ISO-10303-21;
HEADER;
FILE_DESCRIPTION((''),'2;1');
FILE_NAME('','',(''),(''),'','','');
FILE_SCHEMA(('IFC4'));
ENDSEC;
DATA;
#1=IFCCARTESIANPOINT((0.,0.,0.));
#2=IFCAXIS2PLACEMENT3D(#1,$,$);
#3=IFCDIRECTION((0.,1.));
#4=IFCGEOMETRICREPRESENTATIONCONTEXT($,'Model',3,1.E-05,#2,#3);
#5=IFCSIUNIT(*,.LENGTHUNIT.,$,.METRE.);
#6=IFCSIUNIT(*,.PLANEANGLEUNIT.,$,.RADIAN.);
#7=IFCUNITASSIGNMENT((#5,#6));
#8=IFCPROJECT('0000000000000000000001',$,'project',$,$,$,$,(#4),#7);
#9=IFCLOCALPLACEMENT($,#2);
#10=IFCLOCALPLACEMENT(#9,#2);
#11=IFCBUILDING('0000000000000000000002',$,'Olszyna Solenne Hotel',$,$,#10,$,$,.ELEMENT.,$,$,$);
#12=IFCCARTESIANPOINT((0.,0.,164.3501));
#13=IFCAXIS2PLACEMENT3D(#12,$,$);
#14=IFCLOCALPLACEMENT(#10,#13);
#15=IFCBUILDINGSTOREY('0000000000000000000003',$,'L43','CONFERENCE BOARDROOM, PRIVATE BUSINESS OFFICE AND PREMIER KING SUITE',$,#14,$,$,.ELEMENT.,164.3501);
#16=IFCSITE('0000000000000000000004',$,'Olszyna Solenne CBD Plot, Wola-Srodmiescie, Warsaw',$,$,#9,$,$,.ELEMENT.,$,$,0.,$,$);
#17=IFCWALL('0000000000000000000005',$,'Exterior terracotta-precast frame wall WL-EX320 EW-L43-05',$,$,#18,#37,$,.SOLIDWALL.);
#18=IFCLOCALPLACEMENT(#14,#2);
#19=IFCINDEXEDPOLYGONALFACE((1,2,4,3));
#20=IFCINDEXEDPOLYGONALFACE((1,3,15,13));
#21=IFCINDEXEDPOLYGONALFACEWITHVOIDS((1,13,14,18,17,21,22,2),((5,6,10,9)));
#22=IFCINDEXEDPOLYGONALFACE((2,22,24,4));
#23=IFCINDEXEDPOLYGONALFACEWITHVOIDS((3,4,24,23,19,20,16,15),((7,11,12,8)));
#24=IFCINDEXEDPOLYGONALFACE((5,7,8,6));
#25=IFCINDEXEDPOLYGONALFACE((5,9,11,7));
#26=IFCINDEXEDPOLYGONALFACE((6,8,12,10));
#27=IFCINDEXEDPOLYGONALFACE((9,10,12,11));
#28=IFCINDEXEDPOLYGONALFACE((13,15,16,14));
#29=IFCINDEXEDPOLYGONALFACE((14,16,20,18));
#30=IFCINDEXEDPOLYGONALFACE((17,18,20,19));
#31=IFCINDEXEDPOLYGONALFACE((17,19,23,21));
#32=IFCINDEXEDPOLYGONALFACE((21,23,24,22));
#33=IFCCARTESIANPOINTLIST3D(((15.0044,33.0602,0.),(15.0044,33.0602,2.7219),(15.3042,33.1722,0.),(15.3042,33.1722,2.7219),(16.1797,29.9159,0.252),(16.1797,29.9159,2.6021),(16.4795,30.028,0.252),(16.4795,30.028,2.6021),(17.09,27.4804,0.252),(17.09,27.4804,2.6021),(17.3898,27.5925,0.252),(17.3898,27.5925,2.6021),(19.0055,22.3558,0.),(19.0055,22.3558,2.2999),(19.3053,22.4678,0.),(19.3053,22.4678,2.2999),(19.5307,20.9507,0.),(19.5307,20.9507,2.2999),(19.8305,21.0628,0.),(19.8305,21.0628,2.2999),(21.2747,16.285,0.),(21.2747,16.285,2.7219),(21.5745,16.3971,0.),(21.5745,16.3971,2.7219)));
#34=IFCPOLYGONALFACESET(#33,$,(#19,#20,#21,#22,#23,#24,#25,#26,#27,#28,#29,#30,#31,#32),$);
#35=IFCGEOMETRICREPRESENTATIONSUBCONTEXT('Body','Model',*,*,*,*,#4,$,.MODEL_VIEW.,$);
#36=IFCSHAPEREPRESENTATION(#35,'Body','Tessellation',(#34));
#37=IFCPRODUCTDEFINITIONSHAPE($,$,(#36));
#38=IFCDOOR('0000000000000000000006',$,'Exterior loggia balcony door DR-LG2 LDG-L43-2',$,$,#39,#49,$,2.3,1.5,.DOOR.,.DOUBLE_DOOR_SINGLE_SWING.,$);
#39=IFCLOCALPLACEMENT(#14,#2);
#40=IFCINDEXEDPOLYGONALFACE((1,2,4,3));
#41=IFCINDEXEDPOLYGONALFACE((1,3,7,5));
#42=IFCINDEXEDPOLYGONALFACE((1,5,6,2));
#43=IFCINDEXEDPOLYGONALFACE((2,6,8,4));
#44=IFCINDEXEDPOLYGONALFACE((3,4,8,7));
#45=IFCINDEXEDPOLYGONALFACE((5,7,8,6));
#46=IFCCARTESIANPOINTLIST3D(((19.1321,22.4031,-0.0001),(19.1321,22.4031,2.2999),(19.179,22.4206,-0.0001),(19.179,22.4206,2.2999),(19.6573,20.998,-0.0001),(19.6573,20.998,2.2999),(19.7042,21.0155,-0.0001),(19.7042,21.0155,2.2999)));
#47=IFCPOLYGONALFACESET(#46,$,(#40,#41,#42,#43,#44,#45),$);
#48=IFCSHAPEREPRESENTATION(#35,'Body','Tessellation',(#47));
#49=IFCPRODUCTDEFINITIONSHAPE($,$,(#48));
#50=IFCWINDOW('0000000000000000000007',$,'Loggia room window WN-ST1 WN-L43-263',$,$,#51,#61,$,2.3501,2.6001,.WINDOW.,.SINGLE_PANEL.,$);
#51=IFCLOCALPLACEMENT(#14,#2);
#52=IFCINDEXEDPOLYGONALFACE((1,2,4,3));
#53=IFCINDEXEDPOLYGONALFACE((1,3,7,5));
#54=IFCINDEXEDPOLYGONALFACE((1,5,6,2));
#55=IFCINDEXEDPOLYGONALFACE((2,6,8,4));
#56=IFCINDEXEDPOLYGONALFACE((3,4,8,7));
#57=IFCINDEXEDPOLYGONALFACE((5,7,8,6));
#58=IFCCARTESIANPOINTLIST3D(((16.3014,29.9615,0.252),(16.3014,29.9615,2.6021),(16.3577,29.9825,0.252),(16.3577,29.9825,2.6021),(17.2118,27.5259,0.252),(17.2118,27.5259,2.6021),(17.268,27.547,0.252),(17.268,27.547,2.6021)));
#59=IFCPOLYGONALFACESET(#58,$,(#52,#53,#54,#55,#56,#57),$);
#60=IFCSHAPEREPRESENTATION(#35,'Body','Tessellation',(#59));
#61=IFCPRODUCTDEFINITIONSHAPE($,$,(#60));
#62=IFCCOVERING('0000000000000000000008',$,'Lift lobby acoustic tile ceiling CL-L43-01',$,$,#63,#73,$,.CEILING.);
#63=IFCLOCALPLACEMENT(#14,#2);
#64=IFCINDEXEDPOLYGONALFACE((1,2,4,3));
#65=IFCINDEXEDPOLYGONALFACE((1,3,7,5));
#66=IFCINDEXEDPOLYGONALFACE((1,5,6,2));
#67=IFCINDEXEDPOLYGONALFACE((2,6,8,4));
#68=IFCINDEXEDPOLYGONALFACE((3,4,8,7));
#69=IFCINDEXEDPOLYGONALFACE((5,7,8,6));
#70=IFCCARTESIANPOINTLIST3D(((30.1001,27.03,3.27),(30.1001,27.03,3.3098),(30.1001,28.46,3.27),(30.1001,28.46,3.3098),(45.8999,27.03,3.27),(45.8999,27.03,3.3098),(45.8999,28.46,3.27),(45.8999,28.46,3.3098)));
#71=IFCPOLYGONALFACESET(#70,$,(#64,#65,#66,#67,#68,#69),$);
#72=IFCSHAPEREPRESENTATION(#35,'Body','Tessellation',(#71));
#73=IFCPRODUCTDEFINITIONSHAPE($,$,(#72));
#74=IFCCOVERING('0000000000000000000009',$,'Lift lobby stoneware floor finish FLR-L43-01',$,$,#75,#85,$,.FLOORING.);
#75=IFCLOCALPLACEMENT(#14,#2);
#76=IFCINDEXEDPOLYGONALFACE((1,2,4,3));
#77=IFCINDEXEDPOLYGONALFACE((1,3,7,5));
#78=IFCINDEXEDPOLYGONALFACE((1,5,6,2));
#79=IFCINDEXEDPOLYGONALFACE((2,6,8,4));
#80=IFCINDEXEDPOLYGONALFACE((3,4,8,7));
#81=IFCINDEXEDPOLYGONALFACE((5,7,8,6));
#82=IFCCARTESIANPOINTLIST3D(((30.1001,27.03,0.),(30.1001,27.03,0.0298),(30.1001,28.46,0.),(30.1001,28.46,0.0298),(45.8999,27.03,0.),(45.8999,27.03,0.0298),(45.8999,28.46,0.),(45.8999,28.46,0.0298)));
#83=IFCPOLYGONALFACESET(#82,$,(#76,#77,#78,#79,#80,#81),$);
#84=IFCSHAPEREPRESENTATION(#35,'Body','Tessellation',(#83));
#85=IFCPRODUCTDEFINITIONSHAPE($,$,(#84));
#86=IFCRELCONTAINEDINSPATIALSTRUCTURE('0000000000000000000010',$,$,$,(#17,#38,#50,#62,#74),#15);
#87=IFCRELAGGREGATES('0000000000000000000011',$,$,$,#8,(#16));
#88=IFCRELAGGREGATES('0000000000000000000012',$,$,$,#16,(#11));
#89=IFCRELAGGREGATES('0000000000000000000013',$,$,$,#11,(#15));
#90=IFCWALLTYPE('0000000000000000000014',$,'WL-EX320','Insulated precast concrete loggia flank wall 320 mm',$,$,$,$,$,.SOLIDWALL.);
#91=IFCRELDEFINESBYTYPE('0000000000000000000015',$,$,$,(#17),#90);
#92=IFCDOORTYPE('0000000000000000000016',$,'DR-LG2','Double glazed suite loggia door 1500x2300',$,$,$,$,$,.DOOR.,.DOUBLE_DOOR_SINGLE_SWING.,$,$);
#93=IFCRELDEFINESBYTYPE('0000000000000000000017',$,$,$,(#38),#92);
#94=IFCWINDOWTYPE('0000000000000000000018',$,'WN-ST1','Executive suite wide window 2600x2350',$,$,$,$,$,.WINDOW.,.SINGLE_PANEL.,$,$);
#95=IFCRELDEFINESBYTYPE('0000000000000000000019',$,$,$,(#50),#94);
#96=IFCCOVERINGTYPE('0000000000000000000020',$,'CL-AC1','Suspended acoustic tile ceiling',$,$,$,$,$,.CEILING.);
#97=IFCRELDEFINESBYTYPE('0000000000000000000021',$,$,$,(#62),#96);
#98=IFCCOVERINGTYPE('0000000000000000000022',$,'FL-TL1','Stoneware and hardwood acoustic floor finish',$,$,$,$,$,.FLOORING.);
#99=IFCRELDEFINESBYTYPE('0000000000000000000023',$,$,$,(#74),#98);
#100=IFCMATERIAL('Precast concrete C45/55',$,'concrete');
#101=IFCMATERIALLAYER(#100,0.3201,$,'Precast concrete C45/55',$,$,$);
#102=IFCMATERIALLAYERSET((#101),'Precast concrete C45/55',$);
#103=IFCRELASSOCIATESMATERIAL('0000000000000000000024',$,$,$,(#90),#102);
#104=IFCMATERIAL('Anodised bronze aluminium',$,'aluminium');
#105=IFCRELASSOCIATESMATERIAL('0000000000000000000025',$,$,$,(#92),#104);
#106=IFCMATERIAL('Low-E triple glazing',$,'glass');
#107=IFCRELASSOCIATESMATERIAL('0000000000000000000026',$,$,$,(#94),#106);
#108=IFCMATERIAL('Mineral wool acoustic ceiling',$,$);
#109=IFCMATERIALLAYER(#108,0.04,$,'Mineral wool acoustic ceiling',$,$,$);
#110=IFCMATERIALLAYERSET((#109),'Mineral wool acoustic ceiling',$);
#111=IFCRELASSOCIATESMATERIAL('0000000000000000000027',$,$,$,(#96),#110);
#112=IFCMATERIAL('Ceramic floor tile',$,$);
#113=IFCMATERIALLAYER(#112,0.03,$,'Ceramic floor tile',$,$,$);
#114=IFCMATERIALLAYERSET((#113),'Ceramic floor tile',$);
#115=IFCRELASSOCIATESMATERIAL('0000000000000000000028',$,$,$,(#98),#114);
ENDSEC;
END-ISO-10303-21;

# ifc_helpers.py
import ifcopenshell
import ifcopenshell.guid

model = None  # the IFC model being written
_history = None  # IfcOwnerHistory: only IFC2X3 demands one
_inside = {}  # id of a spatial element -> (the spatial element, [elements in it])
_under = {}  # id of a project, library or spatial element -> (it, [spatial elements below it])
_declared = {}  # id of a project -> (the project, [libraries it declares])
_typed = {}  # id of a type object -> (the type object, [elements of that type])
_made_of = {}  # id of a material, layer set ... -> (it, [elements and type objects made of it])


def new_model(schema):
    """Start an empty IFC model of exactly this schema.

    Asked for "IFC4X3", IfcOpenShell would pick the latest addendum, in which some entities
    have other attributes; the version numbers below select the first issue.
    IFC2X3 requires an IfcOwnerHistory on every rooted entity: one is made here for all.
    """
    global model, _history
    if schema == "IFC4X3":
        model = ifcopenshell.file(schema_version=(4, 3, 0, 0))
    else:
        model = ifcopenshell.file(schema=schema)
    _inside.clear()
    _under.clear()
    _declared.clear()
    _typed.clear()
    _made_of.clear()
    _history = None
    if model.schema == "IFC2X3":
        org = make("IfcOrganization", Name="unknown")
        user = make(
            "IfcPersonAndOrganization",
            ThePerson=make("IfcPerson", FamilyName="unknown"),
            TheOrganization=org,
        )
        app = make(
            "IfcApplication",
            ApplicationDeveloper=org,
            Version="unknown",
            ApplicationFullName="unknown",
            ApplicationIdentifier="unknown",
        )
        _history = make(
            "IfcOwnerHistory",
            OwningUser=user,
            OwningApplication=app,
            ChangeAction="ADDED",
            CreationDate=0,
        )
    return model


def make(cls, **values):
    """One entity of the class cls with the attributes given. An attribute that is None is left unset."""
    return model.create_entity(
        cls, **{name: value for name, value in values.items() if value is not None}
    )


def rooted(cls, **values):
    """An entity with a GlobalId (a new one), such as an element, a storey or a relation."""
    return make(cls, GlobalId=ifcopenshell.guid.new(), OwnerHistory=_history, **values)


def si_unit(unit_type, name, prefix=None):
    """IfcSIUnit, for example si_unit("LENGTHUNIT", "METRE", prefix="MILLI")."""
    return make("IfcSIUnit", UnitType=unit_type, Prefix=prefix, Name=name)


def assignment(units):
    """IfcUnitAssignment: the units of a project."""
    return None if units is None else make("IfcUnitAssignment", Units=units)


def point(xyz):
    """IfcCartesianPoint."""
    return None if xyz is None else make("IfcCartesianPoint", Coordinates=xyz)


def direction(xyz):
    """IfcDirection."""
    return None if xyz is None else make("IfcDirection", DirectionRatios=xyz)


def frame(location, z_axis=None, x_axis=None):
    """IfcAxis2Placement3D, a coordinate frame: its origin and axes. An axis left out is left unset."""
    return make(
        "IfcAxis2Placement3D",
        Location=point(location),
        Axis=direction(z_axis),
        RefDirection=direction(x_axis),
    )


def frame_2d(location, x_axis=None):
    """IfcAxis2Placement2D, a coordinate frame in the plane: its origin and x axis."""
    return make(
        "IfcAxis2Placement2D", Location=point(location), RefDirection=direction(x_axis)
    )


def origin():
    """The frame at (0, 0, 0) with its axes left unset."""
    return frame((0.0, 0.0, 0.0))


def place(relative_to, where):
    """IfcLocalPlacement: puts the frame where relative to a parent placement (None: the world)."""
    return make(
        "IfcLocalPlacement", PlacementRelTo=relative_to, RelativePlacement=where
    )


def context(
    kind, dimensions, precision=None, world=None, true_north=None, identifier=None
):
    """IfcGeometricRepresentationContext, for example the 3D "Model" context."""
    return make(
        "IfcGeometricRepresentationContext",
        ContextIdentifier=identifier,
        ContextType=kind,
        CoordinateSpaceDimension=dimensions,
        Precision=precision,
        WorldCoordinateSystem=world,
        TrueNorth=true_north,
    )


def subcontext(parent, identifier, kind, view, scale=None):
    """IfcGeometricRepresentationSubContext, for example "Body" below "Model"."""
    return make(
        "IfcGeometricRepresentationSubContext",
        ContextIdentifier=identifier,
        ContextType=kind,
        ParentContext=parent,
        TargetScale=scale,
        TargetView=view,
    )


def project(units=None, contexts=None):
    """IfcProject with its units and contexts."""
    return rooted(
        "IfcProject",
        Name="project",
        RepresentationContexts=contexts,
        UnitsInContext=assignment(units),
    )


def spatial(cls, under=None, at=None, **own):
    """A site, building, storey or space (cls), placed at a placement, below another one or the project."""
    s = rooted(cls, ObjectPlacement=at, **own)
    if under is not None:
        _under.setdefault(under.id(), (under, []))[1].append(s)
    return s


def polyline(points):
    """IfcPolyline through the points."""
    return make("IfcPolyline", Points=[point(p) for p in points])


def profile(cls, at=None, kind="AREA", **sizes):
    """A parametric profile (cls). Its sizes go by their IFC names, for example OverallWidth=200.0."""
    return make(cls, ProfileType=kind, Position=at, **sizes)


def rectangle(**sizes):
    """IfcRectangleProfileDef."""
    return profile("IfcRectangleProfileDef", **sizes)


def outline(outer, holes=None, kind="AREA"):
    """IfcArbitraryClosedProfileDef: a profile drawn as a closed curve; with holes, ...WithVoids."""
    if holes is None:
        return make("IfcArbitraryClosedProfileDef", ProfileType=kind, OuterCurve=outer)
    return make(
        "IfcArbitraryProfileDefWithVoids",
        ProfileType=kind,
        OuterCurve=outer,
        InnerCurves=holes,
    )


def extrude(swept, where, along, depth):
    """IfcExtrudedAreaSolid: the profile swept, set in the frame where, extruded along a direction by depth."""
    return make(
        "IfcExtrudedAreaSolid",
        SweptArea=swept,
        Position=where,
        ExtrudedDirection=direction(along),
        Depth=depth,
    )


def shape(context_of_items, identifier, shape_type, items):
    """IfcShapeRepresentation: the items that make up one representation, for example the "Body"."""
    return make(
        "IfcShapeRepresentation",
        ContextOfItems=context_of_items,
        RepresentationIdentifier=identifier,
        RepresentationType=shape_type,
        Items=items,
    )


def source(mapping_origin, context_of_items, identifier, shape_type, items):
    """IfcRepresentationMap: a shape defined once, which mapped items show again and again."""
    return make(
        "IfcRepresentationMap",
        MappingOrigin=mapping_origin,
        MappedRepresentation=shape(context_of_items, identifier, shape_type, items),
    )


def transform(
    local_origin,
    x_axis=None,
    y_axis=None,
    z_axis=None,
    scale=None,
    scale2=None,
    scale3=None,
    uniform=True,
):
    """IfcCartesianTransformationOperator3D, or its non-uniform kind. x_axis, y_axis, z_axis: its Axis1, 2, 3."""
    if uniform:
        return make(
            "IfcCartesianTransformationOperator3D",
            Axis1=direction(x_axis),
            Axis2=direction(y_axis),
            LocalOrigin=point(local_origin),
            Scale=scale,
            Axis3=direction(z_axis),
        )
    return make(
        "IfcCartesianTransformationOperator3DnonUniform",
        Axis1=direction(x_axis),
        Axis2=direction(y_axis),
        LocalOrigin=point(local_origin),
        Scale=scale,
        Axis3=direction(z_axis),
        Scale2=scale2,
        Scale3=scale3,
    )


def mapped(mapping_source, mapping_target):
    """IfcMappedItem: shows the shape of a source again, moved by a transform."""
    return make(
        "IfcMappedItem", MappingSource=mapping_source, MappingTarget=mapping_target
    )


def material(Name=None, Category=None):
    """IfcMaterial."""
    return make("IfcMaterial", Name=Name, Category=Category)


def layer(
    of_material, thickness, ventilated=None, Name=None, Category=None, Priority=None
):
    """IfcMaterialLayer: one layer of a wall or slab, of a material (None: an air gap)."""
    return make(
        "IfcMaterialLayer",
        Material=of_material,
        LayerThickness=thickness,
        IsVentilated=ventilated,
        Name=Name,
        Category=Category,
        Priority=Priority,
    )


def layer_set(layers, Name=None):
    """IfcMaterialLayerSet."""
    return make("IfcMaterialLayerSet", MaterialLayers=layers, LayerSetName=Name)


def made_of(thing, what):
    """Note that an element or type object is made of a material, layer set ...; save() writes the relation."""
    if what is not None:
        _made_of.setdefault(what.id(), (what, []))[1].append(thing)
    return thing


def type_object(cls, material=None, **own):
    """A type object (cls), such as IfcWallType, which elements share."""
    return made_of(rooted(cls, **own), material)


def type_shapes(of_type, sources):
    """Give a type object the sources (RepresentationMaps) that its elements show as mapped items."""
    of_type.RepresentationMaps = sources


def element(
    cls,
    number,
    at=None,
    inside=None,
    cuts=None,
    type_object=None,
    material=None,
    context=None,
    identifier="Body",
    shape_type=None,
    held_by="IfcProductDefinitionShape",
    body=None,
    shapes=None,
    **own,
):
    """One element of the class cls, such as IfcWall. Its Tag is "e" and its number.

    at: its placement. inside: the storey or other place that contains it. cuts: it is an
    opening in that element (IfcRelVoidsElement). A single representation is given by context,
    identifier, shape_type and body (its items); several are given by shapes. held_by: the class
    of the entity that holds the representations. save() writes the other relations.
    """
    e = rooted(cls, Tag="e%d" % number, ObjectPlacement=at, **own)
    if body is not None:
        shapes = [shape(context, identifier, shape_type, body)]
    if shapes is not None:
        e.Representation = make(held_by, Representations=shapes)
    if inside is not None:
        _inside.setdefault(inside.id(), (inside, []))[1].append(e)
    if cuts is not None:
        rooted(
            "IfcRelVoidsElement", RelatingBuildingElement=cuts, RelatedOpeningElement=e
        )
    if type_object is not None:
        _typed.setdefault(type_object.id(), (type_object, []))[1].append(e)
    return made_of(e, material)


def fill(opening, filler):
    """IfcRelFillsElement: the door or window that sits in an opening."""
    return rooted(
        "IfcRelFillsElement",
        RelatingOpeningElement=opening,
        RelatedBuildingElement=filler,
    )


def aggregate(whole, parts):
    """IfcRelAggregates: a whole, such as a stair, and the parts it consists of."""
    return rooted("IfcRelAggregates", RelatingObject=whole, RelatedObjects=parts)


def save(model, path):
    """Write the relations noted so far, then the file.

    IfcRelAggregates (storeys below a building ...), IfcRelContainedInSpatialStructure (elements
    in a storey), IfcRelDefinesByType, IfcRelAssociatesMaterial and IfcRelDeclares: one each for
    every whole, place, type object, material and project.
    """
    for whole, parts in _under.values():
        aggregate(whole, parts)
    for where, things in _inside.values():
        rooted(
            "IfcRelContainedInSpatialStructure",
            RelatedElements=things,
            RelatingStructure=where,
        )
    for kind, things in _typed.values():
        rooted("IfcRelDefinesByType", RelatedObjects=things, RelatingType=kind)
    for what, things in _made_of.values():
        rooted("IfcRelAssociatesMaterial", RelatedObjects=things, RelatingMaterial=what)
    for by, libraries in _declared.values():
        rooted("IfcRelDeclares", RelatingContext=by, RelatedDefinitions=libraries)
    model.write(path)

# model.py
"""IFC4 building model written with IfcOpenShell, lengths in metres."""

from ifc_helpers import new_model, si_unit, direction, frame, frame_2d, origin, place, context, subcontext, project, spatial, polyline, rectangle, outline, extrude, source, transform, mapped, material, layer, layer_set, type_object, type_shapes, element, fill, save


model = new_model("IFC4")

# Units and contexts
model_context = context("Model", 3, precision=1e-05, world=origin(), true_north=direction((0.0, 1.0)))
body_context = subcontext(model_context, "Body", "Model", "MODEL_VIEW")
ifc_project = project(units=[si_unit("LENGTHUNIT", "METRE"), si_unit("PLANEANGLEUNIT", "RADIAN")], contexts=[model_context])

# Site, building, storey
site_placement = place(None, origin())
site = spatial("IfcSite", under=ifc_project, at=site_placement, Name="Olszyna Solenne CBD Plot, Wola-Srodmiescie, Warsaw", CompositionType="ELEMENT", RefElevation=0.0)
building_placement = place(site_placement, origin())
building = spatial("IfcBuilding", under=site, at=building_placement, Name="Olszyna Solenne Hotel", CompositionType="ELEMENT")
storey_placement = place(building_placement, frame((0.0, 0.0, 164.3501)))
storey = spatial("IfcBuildingStorey", under=building, at=storey_placement, Name="L43", Description="CONFERENCE BOARDROOM, PRIVATE BUSINESS OFFICE AND PREMIER KING SUITE", CompositionType="ELEMENT", Elevation=164.3501)

# Shared definitions
ifc_material_1 = material(Name="Anodised bronze aluminium", Category="aluminium")

# Shared definitions
ifc_material_2 = material(Name="Precast concrete C45/55", Category="concrete")

# Shared definitions
ifc_material_3 = material(Name="Low-E triple glazing", Category="glass")

# Wall, openings, door, window
ifc_layer_1 = layer(ifc_material_2, 0.3201, Name="Precast concrete C45/55")
ifc_layer_set_1 = layer_set([ifc_layer_1], Name="Precast concrete C45/55")
wall_type = type_object("IfcWallType", Name="WL-EX320", Description="Insulated precast concrete loggia flank wall 320 mm", PredefinedType="SOLIDWALL", material=ifc_layer_set_1)
wall_placement = place(storey_placement, frame((21.4246, 16.3411, 0.0), z_axis=(0.0, 0.0, 1.0), x_axis=(-0.350124, 0.936703, 0.0)))
wall = element("IfcWall", 1, at=wall_placement, inside=storey, type_object=wall_type, Name="Exterior terracotta-precast frame wall WL-EX320 EW-L43-05", PredefinedType="SOLIDWALL", context=body_context, shape_type="SweptSolid", body=[
    extrude(rectangle(XDim=17.9087, YDim=0.3201, at=frame_2d((8.9543, 0.0))), origin(), (0.0, 0.0, 1.0), 2.7219),
])
opening_1_placement = place(wall_placement, frame((4.981, 0.0, 0.0)))
opening_1 = element("IfcOpeningElement", 2, at=opening_1_placement, cuts=wall, PredefinedType="OPENING", context=body_context, shape_type="SweptSolid", body=[
    extrude(rectangle(XDim=1.5, YDim=2.3, at=frame_2d((0.75, 1.1499))), frame((0.0, 0.1699, 0.0), z_axis=(0.0, -1.0, 0.0), x_axis=(1.0, 0.0, 0.0)), (0.0, 0.0, 1.0), 0.3401),
])
opening_2_placement = place(wall_placement, frame((11.9519, 0.0, 0.252)))
opening_2 = element("IfcOpeningElement", 3, at=opening_2_placement, cuts=wall, PredefinedType="OPENING", context=body_context, shape_type="SweptSolid", body=[
    extrude(rectangle(XDim=2.6001, YDim=2.3501, at=frame_2d((1.3, 1.175))), frame((0.0, 0.1699, 0.0), z_axis=(0.0, -1.0, 0.0), x_axis=(1.0, 0.0, 0.0)), (0.0, 0.0, 1.0), 0.3401),
])
door_type = type_object("IfcDoorType", Name="DR-LG2", Description="Double glazed suite loggia door 1500x2300", OperationType="DOUBLE_DOOR_SINGLE_SWING", PredefinedType="DOOR", material=ifc_material_1)
shared_shape_1 = source(origin(), body_context, "Body", "SweptSolid", [
    extrude(rectangle(XDim=1.5, YDim=2.3, at=frame_2d((0.75, 1.1499))), frame((0.0, 0.0249, 0.0), z_axis=(0.0, -1.0, 0.0), x_axis=(1.0, 0.0, 0.0)), (0.0, 0.0, 1.0), 0.05),
])
type_shapes(door_type, [shared_shape_1])
door_placement = place(opening_1_placement, origin())
door = element("IfcDoor", 4, at=door_placement, inside=storey, type_object=door_type, Name="Exterior loggia balcony door DR-LG2 LDG-L43-2", OperationType="DOUBLE_DOOR_SINGLE_SWING", OverallHeight=2.3, OverallWidth=1.5, PredefinedType="DOOR", context=body_context, shape_type="MappedRepresentation", body=[
    mapped(shared_shape_1, transform((0.0, 0.0, 0.0), x_axis=(1.0, 0.0, 0.0), y_axis=(0.0, 1.0, 0.0), z_axis=(0.0, 0.0, 1.0), scale=1.0)),
])
fill(opening_1, door)
window_type = type_object("IfcWindowType", Name="WN-ST1", Description="Executive suite wide window 2600x2350", PartitioningType="SINGLE_PANEL", PredefinedType="WINDOW", material=ifc_material_3)
shared_shape_2 = source(origin(), body_context, "Body", "SweptSolid", [
    extrude(rectangle(XDim=2.6001, YDim=2.3501, at=frame_2d((1.3, 1.175))), frame((0.0, 0.03, 0.0), z_axis=(0.0, -1.0, 0.0), x_axis=(1.0, 0.0, 0.0)), (0.0, 0.0, 1.0), 0.0601),
])
type_shapes(window_type, [shared_shape_2])
window_placement = place(opening_2_placement, origin())
window = element("IfcWindow", 5, at=window_placement, inside=storey, type_object=window_type, Name="Loggia room window WN-ST1 WN-L43-263", OverallHeight=2.3501, OverallWidth=2.6001, PartitioningType="SINGLE_PANEL", PredefinedType="WINDOW", context=body_context, shape_type="MappedRepresentation", body=[
    mapped(shared_shape_2, transform((0.0, 0.0, 0.0), x_axis=(1.0, 0.0, 0.0), y_axis=(0.0, 1.0, 0.0), z_axis=(0.0, 0.0, 1.0), scale=1.0)),
])
fill(opening_2, window)

# Coverings
ifc_material_4 = material(Name="Mineral wool acoustic ceiling")
ifc_layer_2 = layer(ifc_material_4, 0.04, Name="Mineral wool acoustic ceiling")
ifc_layer_set_2 = layer_set([ifc_layer_2], Name="Mineral wool acoustic ceiling")
covering_type_1 = type_object("IfcCoveringType", Name="CL-AC1", Description="Suspended acoustic tile ceiling", PredefinedType="CEILING", material=ifc_layer_set_2)
covering_1_placement = place(storey_placement, frame((0.0, 0.0, 3.27)))
element("IfcCovering", 6, at=covering_1_placement, inside=storey, type_object=covering_type_1, Name="Lift lobby acoustic tile ceiling CL-L43-01", PredefinedType="CEILING", context=body_context, shape_type="SweptSolid", body=[
    extrude(outline(polyline([(30.1001, 27.03), (45.8999, 27.03), (45.8999, 28.46), (30.1001, 28.46), (30.1001, 27.03)])), origin(), (0.0, 0.0, 1.0), 0.0398),
])
ifc_material_5 = material(Name="Ceramic floor tile")
ifc_layer_3 = layer(ifc_material_5, 0.03, Name="Ceramic floor tile")
ifc_layer_set_3 = layer_set([ifc_layer_3], Name="Ceramic floor tile")
covering_type_2 = type_object("IfcCoveringType", Name="FL-TL1", Description="Stoneware and hardwood acoustic floor finish", PredefinedType="FLOORING", material=ifc_layer_set_3)
covering_2_placement = place(storey_placement, origin())
element("IfcCovering", 7, at=covering_2_placement, inside=storey, type_object=covering_type_2, Name="Lift lobby stoneware floor finish FLR-L43-01", PredefinedType="FLOORING", context=body_context, shape_type="SweptSolid", body=[
    extrude(outline(polyline([(30.1001, 27.03), (45.8999, 27.03), (45.8999, 28.46), (30.1001, 28.46), (30.1001, 27.03)])), origin(), (0.0, 0.0, 1.0), 0.0298),
])

save(model, "model.ifc")
